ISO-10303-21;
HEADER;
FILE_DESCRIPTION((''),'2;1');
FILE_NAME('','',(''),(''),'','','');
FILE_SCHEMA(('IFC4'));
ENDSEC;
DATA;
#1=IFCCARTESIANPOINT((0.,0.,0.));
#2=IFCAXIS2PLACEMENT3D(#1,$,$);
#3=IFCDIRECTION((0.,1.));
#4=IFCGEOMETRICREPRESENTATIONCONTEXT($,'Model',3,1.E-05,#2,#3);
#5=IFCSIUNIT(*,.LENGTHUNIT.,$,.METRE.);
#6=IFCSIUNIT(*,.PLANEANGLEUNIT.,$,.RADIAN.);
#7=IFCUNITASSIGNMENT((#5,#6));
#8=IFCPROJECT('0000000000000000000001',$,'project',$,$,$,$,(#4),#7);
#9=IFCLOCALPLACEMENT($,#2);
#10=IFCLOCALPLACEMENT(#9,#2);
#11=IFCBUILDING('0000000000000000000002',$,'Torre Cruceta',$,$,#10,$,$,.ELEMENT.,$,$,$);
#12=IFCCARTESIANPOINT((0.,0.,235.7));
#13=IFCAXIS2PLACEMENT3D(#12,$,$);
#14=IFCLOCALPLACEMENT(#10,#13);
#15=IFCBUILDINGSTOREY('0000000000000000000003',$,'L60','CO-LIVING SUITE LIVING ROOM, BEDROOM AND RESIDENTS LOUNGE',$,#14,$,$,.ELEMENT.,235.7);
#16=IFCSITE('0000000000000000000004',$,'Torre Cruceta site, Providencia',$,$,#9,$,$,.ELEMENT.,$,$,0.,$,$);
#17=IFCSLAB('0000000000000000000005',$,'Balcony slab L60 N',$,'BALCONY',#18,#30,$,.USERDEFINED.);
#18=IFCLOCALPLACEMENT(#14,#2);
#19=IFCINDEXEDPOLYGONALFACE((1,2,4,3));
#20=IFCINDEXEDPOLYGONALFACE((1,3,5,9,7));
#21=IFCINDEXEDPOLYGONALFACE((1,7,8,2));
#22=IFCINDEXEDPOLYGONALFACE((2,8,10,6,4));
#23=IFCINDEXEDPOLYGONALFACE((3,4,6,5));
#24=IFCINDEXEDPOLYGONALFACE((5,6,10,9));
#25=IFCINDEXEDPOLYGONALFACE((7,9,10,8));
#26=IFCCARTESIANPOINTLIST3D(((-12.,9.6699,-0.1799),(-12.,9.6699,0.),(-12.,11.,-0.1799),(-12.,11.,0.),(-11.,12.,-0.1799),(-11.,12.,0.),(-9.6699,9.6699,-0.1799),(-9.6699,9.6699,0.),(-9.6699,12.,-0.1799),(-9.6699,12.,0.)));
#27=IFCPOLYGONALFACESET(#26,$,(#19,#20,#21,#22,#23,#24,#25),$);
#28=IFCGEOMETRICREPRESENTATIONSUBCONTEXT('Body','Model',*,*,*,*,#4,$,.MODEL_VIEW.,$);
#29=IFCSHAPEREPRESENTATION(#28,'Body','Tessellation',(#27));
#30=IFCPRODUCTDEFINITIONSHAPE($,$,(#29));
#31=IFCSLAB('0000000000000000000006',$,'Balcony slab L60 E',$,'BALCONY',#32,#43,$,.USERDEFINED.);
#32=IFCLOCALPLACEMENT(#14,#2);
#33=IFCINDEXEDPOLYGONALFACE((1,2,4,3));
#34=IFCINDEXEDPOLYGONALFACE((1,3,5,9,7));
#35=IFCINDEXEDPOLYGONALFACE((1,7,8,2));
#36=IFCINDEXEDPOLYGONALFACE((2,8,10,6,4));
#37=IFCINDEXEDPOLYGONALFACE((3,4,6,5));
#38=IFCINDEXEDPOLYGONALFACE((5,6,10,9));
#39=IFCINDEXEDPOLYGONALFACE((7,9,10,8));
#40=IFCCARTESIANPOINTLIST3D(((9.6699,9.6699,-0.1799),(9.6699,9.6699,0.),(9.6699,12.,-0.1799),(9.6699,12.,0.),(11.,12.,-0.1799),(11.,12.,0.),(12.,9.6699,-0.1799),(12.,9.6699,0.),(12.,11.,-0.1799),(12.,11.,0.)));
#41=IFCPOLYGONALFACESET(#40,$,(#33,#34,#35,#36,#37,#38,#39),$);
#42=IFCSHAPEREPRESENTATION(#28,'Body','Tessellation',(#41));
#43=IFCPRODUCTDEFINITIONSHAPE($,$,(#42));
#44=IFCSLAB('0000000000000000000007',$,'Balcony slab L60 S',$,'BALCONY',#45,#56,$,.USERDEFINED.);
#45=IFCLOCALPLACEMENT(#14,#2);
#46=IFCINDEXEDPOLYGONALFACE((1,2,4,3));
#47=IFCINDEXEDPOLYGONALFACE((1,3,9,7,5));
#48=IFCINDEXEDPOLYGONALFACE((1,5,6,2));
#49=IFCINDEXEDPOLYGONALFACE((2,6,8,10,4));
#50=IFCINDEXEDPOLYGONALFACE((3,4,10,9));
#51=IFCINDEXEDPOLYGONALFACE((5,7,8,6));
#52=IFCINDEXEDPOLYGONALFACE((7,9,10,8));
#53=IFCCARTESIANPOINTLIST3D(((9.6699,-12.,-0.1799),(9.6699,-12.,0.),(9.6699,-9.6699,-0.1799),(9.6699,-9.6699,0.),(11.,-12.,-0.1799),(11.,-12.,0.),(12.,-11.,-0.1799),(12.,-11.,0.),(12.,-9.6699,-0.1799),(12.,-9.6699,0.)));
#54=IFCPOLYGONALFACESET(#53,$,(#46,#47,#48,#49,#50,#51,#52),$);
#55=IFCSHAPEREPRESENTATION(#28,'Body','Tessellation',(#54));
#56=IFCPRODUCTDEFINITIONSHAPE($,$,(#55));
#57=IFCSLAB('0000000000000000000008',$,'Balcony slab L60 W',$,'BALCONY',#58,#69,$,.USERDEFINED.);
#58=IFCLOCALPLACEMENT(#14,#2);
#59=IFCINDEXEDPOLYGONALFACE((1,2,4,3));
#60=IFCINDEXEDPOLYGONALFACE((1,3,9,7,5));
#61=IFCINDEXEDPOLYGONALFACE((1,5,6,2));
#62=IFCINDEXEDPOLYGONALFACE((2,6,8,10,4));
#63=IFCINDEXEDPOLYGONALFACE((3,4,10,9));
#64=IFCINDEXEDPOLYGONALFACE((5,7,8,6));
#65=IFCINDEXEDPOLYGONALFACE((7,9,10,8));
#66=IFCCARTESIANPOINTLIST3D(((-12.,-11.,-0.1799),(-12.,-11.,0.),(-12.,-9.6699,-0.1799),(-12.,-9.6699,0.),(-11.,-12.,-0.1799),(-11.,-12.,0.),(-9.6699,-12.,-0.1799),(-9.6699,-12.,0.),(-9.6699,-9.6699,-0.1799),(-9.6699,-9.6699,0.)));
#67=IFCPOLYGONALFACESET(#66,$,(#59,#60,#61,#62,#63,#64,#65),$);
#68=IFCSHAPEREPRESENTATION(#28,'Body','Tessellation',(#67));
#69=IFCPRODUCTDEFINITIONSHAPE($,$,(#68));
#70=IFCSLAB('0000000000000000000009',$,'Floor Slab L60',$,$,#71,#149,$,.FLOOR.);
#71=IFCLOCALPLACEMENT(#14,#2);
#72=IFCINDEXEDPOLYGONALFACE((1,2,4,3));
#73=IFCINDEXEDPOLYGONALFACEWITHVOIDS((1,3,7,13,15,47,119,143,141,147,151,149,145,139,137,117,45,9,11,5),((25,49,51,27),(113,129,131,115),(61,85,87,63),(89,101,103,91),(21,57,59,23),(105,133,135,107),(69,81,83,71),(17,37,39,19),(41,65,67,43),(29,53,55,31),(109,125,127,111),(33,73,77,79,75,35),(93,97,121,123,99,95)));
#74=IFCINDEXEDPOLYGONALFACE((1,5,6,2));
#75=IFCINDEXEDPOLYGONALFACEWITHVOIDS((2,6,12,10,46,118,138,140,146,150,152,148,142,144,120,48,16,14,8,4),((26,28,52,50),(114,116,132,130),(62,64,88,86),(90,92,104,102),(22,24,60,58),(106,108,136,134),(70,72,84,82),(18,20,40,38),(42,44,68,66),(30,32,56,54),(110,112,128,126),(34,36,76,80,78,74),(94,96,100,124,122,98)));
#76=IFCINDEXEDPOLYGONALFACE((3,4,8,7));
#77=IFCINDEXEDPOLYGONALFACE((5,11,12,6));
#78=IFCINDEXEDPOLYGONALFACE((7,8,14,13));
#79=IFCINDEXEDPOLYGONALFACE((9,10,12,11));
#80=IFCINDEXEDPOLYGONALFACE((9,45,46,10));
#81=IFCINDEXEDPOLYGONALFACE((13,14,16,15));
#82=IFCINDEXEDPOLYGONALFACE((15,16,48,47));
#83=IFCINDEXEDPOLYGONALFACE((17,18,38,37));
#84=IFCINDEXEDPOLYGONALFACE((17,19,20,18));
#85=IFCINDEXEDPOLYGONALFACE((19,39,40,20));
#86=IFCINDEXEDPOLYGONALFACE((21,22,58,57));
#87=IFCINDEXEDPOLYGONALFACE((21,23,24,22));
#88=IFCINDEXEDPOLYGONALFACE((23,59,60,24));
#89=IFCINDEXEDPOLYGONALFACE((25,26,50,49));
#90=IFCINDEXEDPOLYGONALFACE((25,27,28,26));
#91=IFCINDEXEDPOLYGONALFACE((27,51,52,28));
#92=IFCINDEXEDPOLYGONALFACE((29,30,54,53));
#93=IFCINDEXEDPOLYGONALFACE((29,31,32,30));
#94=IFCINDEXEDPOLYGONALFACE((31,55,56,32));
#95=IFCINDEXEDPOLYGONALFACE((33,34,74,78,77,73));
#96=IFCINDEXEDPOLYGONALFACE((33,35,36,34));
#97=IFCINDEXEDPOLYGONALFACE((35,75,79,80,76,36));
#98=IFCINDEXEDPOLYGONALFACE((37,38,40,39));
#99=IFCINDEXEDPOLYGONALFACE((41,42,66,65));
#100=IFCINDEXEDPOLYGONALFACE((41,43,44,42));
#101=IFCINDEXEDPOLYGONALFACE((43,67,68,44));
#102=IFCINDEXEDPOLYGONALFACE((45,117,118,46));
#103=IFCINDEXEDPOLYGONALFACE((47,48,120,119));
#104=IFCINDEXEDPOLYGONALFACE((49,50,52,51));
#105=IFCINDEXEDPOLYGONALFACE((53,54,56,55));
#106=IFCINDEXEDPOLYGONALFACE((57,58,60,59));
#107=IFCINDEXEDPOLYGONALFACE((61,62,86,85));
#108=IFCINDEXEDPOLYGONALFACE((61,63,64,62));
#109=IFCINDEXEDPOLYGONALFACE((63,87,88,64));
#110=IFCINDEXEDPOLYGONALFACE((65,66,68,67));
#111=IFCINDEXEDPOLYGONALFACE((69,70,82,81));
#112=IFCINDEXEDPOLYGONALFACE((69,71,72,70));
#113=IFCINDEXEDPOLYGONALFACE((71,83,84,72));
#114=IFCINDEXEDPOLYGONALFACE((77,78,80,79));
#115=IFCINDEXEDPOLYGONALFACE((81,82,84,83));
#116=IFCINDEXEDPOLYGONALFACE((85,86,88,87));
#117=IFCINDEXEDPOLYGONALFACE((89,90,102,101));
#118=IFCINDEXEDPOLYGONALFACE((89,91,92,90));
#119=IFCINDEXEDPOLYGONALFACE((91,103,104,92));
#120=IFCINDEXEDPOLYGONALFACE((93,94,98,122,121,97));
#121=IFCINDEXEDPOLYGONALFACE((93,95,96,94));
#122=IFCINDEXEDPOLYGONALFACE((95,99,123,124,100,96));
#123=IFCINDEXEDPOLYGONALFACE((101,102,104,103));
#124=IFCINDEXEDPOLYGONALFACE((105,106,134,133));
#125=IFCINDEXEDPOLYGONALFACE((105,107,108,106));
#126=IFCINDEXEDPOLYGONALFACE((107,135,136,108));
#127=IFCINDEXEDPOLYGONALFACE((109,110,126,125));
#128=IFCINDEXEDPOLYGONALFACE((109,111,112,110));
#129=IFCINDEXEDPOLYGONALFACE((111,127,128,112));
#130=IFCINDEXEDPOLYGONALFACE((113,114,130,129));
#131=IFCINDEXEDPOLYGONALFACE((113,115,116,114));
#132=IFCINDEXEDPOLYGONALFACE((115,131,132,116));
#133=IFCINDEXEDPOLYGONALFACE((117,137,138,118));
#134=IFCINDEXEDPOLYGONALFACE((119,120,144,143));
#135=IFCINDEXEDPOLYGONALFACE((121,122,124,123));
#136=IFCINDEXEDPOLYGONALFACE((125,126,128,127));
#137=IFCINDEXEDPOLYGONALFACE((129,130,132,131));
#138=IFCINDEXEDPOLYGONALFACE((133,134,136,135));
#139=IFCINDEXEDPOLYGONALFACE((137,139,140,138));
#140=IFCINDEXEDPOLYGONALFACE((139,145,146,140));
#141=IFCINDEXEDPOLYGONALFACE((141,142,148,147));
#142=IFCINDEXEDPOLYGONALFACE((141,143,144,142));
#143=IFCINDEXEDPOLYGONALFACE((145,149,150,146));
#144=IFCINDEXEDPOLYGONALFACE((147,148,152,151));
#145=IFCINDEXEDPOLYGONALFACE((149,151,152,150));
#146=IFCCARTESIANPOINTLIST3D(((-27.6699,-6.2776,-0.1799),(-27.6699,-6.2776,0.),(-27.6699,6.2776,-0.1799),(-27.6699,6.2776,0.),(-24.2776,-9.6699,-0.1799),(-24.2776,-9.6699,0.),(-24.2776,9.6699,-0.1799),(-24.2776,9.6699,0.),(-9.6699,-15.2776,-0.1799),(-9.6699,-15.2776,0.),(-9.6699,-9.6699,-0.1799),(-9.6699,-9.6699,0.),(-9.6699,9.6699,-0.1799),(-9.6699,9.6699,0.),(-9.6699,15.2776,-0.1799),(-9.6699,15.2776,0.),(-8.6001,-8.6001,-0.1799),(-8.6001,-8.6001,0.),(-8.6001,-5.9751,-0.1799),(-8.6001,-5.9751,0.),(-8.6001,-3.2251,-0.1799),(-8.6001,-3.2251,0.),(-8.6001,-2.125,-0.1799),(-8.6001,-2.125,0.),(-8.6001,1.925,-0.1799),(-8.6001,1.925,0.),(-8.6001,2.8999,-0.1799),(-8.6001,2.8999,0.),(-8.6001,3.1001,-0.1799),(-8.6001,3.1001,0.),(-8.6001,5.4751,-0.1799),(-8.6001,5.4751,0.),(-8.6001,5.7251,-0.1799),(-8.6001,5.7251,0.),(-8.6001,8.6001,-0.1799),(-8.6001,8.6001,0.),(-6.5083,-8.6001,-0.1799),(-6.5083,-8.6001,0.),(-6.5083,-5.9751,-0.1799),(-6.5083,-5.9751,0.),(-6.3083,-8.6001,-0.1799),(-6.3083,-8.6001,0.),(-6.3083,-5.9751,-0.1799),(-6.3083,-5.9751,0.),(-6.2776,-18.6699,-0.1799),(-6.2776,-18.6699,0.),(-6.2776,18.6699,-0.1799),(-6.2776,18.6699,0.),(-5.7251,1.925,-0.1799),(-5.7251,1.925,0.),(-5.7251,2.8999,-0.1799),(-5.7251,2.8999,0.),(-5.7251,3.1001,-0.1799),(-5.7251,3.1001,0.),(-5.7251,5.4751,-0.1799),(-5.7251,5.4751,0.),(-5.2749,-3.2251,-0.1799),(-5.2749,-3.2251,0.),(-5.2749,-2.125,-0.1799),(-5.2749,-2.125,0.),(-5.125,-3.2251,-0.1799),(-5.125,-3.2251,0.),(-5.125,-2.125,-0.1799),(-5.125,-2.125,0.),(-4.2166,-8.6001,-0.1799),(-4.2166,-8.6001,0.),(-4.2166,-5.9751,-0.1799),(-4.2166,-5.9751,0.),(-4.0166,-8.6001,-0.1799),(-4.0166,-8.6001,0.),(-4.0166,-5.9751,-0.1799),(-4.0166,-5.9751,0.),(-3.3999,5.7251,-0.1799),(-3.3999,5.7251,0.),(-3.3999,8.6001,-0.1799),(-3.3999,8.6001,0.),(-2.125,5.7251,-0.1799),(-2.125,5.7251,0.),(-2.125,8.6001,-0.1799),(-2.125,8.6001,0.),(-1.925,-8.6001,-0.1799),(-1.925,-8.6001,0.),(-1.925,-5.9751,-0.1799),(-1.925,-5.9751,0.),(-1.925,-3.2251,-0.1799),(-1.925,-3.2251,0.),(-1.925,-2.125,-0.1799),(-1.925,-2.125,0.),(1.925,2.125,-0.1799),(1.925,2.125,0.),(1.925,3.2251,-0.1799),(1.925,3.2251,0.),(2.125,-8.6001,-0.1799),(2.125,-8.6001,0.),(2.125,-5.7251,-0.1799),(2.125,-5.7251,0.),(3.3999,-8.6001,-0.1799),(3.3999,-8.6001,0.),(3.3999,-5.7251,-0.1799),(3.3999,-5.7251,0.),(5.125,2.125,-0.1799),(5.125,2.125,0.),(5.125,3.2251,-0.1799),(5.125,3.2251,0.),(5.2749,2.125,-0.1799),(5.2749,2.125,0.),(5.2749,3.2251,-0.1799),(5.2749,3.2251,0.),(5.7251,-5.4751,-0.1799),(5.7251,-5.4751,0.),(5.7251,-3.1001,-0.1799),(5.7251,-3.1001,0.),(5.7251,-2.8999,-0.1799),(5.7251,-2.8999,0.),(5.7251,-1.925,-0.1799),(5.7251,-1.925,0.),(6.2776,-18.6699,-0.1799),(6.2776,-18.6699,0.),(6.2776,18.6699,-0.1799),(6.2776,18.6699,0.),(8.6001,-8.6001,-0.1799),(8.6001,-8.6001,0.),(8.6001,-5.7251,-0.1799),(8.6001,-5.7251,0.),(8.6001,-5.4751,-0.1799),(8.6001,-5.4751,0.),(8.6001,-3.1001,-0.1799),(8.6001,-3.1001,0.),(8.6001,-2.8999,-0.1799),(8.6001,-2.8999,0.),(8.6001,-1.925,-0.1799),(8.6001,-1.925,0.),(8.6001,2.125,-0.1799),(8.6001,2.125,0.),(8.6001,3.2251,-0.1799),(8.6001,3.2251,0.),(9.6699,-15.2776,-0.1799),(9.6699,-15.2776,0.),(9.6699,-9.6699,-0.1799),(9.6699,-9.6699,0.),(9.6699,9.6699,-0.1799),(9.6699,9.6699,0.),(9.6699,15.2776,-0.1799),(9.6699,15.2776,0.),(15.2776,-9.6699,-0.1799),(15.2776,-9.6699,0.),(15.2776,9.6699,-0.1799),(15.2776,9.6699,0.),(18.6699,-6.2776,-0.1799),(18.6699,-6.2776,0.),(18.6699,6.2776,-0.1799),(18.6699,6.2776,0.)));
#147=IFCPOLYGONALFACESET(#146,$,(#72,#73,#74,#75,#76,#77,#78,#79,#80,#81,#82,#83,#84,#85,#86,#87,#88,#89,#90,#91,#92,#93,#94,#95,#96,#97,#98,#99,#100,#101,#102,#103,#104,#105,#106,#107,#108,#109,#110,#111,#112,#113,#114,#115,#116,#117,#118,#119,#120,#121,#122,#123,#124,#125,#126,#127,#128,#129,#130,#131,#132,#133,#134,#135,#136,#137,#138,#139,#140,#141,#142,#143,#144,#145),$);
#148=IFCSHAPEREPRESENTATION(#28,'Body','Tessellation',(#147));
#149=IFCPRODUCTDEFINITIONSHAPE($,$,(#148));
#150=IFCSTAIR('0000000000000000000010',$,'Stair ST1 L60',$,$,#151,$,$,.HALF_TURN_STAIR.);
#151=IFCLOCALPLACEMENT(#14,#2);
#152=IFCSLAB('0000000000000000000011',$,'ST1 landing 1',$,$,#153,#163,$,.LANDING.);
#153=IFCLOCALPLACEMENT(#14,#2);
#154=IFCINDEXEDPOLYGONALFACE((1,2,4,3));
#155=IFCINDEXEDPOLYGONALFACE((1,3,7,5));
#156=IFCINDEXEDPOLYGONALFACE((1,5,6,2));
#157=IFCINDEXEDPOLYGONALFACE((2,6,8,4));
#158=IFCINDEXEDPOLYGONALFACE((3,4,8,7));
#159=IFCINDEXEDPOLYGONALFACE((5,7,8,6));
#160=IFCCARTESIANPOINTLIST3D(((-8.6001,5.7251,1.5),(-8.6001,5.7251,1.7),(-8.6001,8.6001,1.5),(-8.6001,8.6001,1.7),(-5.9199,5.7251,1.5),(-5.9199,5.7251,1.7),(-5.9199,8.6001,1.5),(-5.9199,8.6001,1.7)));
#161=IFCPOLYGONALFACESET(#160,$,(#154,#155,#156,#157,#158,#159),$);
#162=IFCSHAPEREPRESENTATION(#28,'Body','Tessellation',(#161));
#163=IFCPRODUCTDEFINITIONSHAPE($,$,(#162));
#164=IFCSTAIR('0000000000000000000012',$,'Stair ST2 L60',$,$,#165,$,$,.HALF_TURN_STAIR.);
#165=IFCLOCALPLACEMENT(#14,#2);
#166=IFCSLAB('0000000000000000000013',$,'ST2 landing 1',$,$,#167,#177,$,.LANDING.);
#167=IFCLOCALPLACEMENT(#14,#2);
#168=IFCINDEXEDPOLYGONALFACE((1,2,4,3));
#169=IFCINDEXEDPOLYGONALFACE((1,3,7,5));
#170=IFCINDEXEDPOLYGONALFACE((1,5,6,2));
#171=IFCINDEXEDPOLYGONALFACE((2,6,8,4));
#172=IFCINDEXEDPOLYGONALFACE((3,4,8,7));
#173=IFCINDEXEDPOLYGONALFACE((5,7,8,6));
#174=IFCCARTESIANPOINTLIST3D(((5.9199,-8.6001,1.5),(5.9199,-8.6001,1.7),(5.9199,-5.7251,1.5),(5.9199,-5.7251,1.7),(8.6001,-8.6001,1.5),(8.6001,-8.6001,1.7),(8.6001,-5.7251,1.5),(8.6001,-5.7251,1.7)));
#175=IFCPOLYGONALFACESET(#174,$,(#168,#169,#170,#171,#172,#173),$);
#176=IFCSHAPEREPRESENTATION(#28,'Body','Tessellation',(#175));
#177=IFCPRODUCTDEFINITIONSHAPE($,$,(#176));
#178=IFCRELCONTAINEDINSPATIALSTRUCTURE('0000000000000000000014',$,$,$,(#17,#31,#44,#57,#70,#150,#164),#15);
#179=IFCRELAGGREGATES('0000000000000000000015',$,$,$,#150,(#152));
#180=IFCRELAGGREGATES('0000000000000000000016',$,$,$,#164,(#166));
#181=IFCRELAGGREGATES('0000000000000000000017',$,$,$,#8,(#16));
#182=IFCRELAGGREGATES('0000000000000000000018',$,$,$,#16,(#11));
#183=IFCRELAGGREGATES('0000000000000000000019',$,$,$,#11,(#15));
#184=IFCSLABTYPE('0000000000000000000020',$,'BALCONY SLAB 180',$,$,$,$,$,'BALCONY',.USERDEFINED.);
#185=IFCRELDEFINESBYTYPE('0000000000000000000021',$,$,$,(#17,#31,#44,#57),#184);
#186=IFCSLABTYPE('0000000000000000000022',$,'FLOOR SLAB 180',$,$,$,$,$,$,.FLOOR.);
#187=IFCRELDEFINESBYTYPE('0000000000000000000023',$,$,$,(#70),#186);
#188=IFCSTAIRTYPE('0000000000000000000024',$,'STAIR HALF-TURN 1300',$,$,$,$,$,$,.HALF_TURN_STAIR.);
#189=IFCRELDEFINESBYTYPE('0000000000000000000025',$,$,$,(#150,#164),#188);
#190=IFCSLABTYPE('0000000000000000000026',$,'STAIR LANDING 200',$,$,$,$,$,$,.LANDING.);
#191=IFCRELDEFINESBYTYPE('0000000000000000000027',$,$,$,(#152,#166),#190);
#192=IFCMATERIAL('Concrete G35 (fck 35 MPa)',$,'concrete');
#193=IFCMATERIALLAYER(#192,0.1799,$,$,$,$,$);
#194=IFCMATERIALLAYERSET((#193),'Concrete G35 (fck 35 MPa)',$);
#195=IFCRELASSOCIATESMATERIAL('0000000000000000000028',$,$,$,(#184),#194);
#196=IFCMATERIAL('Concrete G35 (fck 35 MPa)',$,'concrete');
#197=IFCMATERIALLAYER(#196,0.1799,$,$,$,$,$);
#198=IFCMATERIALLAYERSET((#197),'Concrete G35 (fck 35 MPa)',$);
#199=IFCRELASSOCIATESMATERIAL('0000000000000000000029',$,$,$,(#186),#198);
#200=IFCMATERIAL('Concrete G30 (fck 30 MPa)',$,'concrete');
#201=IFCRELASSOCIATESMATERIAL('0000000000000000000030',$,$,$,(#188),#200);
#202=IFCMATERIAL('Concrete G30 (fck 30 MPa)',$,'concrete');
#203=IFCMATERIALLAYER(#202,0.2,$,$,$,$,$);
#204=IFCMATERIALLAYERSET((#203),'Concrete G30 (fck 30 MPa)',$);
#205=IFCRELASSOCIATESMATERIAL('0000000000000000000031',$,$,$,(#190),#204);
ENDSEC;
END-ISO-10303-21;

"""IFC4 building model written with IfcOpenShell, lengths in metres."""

from ifc_helpers import new_model, si_unit, direction, frame, origin, place, context, subcontext, project, spatial, polyline, outline, extrude, material, layer, layer_set, type_object, element, aggregate, save


model = new_model("IFC4")

# Units and contexts
model_context = context("Model", 3, precision=1e-05, world=origin(), true_north=direction((0.0, 1.0)))
body_context = subcontext(model_context, "Body", "Model", "MODEL_VIEW")
ifc_project = project(units=[si_unit("LENGTHUNIT", "METRE"), si_unit("PLANEANGLEUNIT", "RADIAN")], contexts=[model_context])

# Site, building, storey
site_placement = place(None, origin())
site = spatial("IfcSite", under=ifc_project, at=site_placement, Name="Torre Cruceta site, Providencia", CompositionType="ELEMENT", RefElevation=0.0)
building_placement = place(site_placement, origin())
building = spatial("IfcBuilding", under=site, at=building_placement, Name="Torre Cruceta", CompositionType="ELEMENT")
storey_placement = place(building_placement, frame((0.0, 0.0, 235.7)))
storey = spatial("IfcBuildingStorey", under=building, at=storey_placement, Name="L60", Description="CO-LIVING SUITE LIVING ROOM, BEDROOM AND RESIDENTS LOUNGE", CompositionType="ELEMENT", Elevation=235.7)

# Slabs
ifc_material_1 = material(Name="Concrete G35 (fck 35 MPa)", Category="concrete")
ifc_layer_1 = layer(ifc_material_1, 0.1799)
ifc_layer_set_1 = layer_set([ifc_layer_1], Name="Concrete G35 (fck 35 MPa)")
slab_type_1 = type_object("IfcSlabType", Name="BALCONY SLAB 180", ElementType="BALCONY", PredefinedType="USERDEFINED", material=ifc_layer_set_1)
slab_1_placement = place(storey_placement, frame((0.0, 0.0, -0.1799)))
element("IfcSlab", 1, at=slab_1_placement, inside=storey, type_object=slab_type_1, Name="Balcony slab L60 N", ObjectType="BALCONY", PredefinedType="USERDEFINED", context=body_context, shape_type="SweptSolid", body=[
    extrude(outline(polyline([(-12.0, 11.0), (-11.0, 12.0), (-9.6699, 12.0), (-9.6699, 9.6699), (-12.0, 9.6699), (-12.0, 11.0)])), origin(), (0.0, 0.0, 1.0), 0.1799),
])
slab_2_placement = place(storey_placement, frame((0.0, 0.0, -0.1799)))
element("IfcSlab", 2, at=slab_2_placement, inside=storey, type_object=slab_type_1, Name="Balcony slab L60 E", ObjectType="BALCONY", PredefinedType="USERDEFINED", context=body_context, shape_type="SweptSolid", body=[
    extrude(outline(polyline([(11.0, 12.0), (12.0, 11.0), (12.0, 9.6699), (9.6699, 9.6699), (9.6699, 12.0), (11.0, 12.0)])), origin(), (0.0, 0.0, 1.0), 0.1799),
])
slab_3_placement = place(storey_placement, frame((0.0, 0.0, -0.1799)))
element("IfcSlab", 3, at=slab_3_placement, inside=storey, type_object=slab_type_1, Name="Balcony slab L60 S", ObjectType="BALCONY", PredefinedType="USERDEFINED", context=body_context, shape_type="SweptSolid", body=[
    extrude(outline(polyline([(12.0, -11.0), (11.0, -12.0), (9.6699, -12.0), (9.6699, -9.6699), (12.0, -9.6699), (12.0, -11.0)])), origin(), (0.0, 0.0, 1.0), 0.1799),
])
slab_4_placement = place(storey_placement, frame((0.0, 0.0, -0.1799)))
element("IfcSlab", 4, at=slab_4_placement, inside=storey, type_object=slab_type_1, Name="Balcony slab L60 W", ObjectType="BALCONY", PredefinedType="USERDEFINED", context=body_context, shape_type="SweptSolid", body=[
    extrude(outline(polyline([(-11.0, -12.0), (-12.0, -11.0), (-12.0, -9.6699), (-9.6699, -9.6699), (-9.6699, -12.0), (-11.0, -12.0)])), origin(), (0.0, 0.0, 1.0), 0.1799),
])
ifc_material_2 = material(Name="Concrete G35 (fck 35 MPa)", Category="concrete")
ifc_layer_2 = layer(ifc_material_2, 0.1799)
ifc_layer_set_2 = layer_set([ifc_layer_2], Name="Concrete G35 (fck 35 MPa)")
slab_type_2 = type_object("IfcSlabType", Name="FLOOR SLAB 180", PredefinedType="FLOOR", material=ifc_layer_set_2)
slab_5_placement = place(storey_placement, frame((0.0, 0.0, -0.1799)))
element("IfcSlab", 5, at=slab_5_placement, inside=storey, type_object=slab_type_2, Name="Floor Slab L60", PredefinedType="FLOOR", context=body_context, shape_type="SweptSolid", body=[
    extrude(outline(polyline([(9.6699, -9.6699), (9.6699, -15.2776), (6.2776, -18.6699), (-6.2776, -18.6699), (-9.6699, -15.2776), (-9.6699, -9.6699), (-24.2776, -9.6699), (-27.6699, -6.2776), (-27.6699, 6.2776), (-24.2776, 9.6699), (-9.6699, 9.6699), (-9.6699, 15.2776), (-6.2776, 18.6699), (6.2776, 18.6699), (9.6699, 15.2776), (9.6699, 9.6699), (15.2776, 9.6699), (18.6699, 6.2776), (18.6699, -6.2776), (15.2776, -9.6699), (9.6699, -9.6699)]), holes=[polyline([(1.925, 2.125), (5.125, 2.125), (5.125, 3.2251), (1.925, 3.2251), (1.925, 2.125)]), polyline([(5.2749, 2.125), (8.6001, 2.125), (8.6001, 3.2251), (5.2749, 3.2251), (5.2749, 2.125)]), polyline([(-8.6001, 3.1001), (-5.7251, 3.1001), (-5.7251, 5.4751), (-8.6001, 5.4751), (-8.6001, 3.1001)]), polyline([(-8.6001, 1.925), (-5.7251, 1.925), (-5.7251, 2.8999), (-8.6001, 2.8999), (-8.6001, 1.925)]), polyline([(-4.0166, -8.6001), (-1.925, -8.6001), (-1.925, -5.9751), (-4.0166, -5.9751), (-4.0166, -8.6001)]), polyline([(-6.3083, -8.6001), (-4.2166, -8.6001), (-4.2166, -5.9751), (-6.3083, -5.9751), (-6.3083, -8.6001)]), polyline([(-8.6001, -8.6001), (-6.5083, -8.6001), (-6.5083, -5.9751), (-8.6001, -5.9751), (-8.6001, -8.6001)]), polyline([(-5.125, -3.2251), (-1.925, -3.2251), (-1.925, -2.125), (-5.125, -2.125), (-5.125, -3.2251)]), polyline([(-8.6001, -3.2251), (-5.2749, -3.2251), (-5.2749, -2.125), (-8.6001, -2.125), (-8.6001, -3.2251)]), polyline([(5.7251, -5.4751), (8.6001, -5.4751), (8.6001, -3.1001), (5.7251, -3.1001), (5.7251, -5.4751)]), polyline([(5.7251, -2.8999), (8.6001, -2.8999), (8.6001, -1.925), (5.7251, -1.925), (5.7251, -2.8999)]), polyline([(-8.6001, 5.7251), (-8.6001, 8.6001), (-3.3999, 8.6001), (-2.125, 8.6001), (-2.125, 5.7251), (-3.3999, 5.7251), (-8.6001, 5.7251)]), polyline([(2.125, -5.7251), (3.3999, -5.7251), (8.6001, -5.7251), (8.6001, -8.6001), (3.3999, -8.6001), (2.125, -8.6001), (2.125, -5.7251)])]), origin(), (0.0, 0.0, 1.0), 0.1799),
])

# Stairs, slabs
ifc_material_3 = material(Name="Concrete G30 (fck 30 MPa)", Category="concrete")
stair_type = type_object("IfcStairType", Name="STAIR HALF-TURN 1300", PredefinedType="HALF_TURN_STAIR", material=ifc_material_3)
stair_1_placement = place(storey_placement, origin())
stair_1 = element("IfcStair", 6, at=stair_1_placement, inside=storey, type_object=stair_type, Name="Stair ST1 L60", PredefinedType="HALF_TURN_STAIR")
ifc_material_4 = material(Name="Concrete G30 (fck 30 MPa)", Category="concrete")
ifc_layer_3 = layer(ifc_material_4, 0.2)
ifc_layer_set_3 = layer_set([ifc_layer_3], Name="Concrete G30 (fck 30 MPa)")
slab_type_3 = type_object("IfcSlabType", Name="STAIR LANDING 200", PredefinedType="LANDING", material=ifc_layer_set_3)
slab_6_placement = place(storey_placement, frame((0.0, 0.0, 1.5)))
slab_6 = element("IfcSlab", 7, at=slab_6_placement, type_object=slab_type_3, Name="ST1 landing 1", PredefinedType="LANDING", context=body_context, shape_type="SweptSolid", body=[
    extrude(outline(polyline([(-8.6001, 5.7251), (-5.9199, 5.7251), (-5.9199, 8.6001), (-8.6001, 8.6001), (-8.6001, 5.7251)])), origin(), (0.0, 0.0, 1.0), 0.2),
])
aggregate(stair_1, [slab_6])
stair_2_placement = place(storey_placement, origin())
stair_2 = element("IfcStair", 8, at=stair_2_placement, inside=storey, type_object=stair_type, Name="Stair ST2 L60", PredefinedType="HALF_TURN_STAIR")
slab_7_placement = place(storey_placement, frame((0.0, 0.0, 1.5)))
slab_7 = element("IfcSlab", 9, at=slab_7_placement, type_object=slab_type_3, Name="ST2 landing 1", PredefinedType="LANDING", context=body_context, shape_type="SweptSolid", body=[
    extrude(outline(polyline([(5.9199, -8.6001), (8.6001, -8.6001), (8.6001, -5.7251), (5.9199, -5.7251), (5.9199, -8.6001)])), origin(), (0.0, 0.0, 1.0), 0.2),
])

aggregate(stair_2, [slab_7])

save(model, "model.ifc")
